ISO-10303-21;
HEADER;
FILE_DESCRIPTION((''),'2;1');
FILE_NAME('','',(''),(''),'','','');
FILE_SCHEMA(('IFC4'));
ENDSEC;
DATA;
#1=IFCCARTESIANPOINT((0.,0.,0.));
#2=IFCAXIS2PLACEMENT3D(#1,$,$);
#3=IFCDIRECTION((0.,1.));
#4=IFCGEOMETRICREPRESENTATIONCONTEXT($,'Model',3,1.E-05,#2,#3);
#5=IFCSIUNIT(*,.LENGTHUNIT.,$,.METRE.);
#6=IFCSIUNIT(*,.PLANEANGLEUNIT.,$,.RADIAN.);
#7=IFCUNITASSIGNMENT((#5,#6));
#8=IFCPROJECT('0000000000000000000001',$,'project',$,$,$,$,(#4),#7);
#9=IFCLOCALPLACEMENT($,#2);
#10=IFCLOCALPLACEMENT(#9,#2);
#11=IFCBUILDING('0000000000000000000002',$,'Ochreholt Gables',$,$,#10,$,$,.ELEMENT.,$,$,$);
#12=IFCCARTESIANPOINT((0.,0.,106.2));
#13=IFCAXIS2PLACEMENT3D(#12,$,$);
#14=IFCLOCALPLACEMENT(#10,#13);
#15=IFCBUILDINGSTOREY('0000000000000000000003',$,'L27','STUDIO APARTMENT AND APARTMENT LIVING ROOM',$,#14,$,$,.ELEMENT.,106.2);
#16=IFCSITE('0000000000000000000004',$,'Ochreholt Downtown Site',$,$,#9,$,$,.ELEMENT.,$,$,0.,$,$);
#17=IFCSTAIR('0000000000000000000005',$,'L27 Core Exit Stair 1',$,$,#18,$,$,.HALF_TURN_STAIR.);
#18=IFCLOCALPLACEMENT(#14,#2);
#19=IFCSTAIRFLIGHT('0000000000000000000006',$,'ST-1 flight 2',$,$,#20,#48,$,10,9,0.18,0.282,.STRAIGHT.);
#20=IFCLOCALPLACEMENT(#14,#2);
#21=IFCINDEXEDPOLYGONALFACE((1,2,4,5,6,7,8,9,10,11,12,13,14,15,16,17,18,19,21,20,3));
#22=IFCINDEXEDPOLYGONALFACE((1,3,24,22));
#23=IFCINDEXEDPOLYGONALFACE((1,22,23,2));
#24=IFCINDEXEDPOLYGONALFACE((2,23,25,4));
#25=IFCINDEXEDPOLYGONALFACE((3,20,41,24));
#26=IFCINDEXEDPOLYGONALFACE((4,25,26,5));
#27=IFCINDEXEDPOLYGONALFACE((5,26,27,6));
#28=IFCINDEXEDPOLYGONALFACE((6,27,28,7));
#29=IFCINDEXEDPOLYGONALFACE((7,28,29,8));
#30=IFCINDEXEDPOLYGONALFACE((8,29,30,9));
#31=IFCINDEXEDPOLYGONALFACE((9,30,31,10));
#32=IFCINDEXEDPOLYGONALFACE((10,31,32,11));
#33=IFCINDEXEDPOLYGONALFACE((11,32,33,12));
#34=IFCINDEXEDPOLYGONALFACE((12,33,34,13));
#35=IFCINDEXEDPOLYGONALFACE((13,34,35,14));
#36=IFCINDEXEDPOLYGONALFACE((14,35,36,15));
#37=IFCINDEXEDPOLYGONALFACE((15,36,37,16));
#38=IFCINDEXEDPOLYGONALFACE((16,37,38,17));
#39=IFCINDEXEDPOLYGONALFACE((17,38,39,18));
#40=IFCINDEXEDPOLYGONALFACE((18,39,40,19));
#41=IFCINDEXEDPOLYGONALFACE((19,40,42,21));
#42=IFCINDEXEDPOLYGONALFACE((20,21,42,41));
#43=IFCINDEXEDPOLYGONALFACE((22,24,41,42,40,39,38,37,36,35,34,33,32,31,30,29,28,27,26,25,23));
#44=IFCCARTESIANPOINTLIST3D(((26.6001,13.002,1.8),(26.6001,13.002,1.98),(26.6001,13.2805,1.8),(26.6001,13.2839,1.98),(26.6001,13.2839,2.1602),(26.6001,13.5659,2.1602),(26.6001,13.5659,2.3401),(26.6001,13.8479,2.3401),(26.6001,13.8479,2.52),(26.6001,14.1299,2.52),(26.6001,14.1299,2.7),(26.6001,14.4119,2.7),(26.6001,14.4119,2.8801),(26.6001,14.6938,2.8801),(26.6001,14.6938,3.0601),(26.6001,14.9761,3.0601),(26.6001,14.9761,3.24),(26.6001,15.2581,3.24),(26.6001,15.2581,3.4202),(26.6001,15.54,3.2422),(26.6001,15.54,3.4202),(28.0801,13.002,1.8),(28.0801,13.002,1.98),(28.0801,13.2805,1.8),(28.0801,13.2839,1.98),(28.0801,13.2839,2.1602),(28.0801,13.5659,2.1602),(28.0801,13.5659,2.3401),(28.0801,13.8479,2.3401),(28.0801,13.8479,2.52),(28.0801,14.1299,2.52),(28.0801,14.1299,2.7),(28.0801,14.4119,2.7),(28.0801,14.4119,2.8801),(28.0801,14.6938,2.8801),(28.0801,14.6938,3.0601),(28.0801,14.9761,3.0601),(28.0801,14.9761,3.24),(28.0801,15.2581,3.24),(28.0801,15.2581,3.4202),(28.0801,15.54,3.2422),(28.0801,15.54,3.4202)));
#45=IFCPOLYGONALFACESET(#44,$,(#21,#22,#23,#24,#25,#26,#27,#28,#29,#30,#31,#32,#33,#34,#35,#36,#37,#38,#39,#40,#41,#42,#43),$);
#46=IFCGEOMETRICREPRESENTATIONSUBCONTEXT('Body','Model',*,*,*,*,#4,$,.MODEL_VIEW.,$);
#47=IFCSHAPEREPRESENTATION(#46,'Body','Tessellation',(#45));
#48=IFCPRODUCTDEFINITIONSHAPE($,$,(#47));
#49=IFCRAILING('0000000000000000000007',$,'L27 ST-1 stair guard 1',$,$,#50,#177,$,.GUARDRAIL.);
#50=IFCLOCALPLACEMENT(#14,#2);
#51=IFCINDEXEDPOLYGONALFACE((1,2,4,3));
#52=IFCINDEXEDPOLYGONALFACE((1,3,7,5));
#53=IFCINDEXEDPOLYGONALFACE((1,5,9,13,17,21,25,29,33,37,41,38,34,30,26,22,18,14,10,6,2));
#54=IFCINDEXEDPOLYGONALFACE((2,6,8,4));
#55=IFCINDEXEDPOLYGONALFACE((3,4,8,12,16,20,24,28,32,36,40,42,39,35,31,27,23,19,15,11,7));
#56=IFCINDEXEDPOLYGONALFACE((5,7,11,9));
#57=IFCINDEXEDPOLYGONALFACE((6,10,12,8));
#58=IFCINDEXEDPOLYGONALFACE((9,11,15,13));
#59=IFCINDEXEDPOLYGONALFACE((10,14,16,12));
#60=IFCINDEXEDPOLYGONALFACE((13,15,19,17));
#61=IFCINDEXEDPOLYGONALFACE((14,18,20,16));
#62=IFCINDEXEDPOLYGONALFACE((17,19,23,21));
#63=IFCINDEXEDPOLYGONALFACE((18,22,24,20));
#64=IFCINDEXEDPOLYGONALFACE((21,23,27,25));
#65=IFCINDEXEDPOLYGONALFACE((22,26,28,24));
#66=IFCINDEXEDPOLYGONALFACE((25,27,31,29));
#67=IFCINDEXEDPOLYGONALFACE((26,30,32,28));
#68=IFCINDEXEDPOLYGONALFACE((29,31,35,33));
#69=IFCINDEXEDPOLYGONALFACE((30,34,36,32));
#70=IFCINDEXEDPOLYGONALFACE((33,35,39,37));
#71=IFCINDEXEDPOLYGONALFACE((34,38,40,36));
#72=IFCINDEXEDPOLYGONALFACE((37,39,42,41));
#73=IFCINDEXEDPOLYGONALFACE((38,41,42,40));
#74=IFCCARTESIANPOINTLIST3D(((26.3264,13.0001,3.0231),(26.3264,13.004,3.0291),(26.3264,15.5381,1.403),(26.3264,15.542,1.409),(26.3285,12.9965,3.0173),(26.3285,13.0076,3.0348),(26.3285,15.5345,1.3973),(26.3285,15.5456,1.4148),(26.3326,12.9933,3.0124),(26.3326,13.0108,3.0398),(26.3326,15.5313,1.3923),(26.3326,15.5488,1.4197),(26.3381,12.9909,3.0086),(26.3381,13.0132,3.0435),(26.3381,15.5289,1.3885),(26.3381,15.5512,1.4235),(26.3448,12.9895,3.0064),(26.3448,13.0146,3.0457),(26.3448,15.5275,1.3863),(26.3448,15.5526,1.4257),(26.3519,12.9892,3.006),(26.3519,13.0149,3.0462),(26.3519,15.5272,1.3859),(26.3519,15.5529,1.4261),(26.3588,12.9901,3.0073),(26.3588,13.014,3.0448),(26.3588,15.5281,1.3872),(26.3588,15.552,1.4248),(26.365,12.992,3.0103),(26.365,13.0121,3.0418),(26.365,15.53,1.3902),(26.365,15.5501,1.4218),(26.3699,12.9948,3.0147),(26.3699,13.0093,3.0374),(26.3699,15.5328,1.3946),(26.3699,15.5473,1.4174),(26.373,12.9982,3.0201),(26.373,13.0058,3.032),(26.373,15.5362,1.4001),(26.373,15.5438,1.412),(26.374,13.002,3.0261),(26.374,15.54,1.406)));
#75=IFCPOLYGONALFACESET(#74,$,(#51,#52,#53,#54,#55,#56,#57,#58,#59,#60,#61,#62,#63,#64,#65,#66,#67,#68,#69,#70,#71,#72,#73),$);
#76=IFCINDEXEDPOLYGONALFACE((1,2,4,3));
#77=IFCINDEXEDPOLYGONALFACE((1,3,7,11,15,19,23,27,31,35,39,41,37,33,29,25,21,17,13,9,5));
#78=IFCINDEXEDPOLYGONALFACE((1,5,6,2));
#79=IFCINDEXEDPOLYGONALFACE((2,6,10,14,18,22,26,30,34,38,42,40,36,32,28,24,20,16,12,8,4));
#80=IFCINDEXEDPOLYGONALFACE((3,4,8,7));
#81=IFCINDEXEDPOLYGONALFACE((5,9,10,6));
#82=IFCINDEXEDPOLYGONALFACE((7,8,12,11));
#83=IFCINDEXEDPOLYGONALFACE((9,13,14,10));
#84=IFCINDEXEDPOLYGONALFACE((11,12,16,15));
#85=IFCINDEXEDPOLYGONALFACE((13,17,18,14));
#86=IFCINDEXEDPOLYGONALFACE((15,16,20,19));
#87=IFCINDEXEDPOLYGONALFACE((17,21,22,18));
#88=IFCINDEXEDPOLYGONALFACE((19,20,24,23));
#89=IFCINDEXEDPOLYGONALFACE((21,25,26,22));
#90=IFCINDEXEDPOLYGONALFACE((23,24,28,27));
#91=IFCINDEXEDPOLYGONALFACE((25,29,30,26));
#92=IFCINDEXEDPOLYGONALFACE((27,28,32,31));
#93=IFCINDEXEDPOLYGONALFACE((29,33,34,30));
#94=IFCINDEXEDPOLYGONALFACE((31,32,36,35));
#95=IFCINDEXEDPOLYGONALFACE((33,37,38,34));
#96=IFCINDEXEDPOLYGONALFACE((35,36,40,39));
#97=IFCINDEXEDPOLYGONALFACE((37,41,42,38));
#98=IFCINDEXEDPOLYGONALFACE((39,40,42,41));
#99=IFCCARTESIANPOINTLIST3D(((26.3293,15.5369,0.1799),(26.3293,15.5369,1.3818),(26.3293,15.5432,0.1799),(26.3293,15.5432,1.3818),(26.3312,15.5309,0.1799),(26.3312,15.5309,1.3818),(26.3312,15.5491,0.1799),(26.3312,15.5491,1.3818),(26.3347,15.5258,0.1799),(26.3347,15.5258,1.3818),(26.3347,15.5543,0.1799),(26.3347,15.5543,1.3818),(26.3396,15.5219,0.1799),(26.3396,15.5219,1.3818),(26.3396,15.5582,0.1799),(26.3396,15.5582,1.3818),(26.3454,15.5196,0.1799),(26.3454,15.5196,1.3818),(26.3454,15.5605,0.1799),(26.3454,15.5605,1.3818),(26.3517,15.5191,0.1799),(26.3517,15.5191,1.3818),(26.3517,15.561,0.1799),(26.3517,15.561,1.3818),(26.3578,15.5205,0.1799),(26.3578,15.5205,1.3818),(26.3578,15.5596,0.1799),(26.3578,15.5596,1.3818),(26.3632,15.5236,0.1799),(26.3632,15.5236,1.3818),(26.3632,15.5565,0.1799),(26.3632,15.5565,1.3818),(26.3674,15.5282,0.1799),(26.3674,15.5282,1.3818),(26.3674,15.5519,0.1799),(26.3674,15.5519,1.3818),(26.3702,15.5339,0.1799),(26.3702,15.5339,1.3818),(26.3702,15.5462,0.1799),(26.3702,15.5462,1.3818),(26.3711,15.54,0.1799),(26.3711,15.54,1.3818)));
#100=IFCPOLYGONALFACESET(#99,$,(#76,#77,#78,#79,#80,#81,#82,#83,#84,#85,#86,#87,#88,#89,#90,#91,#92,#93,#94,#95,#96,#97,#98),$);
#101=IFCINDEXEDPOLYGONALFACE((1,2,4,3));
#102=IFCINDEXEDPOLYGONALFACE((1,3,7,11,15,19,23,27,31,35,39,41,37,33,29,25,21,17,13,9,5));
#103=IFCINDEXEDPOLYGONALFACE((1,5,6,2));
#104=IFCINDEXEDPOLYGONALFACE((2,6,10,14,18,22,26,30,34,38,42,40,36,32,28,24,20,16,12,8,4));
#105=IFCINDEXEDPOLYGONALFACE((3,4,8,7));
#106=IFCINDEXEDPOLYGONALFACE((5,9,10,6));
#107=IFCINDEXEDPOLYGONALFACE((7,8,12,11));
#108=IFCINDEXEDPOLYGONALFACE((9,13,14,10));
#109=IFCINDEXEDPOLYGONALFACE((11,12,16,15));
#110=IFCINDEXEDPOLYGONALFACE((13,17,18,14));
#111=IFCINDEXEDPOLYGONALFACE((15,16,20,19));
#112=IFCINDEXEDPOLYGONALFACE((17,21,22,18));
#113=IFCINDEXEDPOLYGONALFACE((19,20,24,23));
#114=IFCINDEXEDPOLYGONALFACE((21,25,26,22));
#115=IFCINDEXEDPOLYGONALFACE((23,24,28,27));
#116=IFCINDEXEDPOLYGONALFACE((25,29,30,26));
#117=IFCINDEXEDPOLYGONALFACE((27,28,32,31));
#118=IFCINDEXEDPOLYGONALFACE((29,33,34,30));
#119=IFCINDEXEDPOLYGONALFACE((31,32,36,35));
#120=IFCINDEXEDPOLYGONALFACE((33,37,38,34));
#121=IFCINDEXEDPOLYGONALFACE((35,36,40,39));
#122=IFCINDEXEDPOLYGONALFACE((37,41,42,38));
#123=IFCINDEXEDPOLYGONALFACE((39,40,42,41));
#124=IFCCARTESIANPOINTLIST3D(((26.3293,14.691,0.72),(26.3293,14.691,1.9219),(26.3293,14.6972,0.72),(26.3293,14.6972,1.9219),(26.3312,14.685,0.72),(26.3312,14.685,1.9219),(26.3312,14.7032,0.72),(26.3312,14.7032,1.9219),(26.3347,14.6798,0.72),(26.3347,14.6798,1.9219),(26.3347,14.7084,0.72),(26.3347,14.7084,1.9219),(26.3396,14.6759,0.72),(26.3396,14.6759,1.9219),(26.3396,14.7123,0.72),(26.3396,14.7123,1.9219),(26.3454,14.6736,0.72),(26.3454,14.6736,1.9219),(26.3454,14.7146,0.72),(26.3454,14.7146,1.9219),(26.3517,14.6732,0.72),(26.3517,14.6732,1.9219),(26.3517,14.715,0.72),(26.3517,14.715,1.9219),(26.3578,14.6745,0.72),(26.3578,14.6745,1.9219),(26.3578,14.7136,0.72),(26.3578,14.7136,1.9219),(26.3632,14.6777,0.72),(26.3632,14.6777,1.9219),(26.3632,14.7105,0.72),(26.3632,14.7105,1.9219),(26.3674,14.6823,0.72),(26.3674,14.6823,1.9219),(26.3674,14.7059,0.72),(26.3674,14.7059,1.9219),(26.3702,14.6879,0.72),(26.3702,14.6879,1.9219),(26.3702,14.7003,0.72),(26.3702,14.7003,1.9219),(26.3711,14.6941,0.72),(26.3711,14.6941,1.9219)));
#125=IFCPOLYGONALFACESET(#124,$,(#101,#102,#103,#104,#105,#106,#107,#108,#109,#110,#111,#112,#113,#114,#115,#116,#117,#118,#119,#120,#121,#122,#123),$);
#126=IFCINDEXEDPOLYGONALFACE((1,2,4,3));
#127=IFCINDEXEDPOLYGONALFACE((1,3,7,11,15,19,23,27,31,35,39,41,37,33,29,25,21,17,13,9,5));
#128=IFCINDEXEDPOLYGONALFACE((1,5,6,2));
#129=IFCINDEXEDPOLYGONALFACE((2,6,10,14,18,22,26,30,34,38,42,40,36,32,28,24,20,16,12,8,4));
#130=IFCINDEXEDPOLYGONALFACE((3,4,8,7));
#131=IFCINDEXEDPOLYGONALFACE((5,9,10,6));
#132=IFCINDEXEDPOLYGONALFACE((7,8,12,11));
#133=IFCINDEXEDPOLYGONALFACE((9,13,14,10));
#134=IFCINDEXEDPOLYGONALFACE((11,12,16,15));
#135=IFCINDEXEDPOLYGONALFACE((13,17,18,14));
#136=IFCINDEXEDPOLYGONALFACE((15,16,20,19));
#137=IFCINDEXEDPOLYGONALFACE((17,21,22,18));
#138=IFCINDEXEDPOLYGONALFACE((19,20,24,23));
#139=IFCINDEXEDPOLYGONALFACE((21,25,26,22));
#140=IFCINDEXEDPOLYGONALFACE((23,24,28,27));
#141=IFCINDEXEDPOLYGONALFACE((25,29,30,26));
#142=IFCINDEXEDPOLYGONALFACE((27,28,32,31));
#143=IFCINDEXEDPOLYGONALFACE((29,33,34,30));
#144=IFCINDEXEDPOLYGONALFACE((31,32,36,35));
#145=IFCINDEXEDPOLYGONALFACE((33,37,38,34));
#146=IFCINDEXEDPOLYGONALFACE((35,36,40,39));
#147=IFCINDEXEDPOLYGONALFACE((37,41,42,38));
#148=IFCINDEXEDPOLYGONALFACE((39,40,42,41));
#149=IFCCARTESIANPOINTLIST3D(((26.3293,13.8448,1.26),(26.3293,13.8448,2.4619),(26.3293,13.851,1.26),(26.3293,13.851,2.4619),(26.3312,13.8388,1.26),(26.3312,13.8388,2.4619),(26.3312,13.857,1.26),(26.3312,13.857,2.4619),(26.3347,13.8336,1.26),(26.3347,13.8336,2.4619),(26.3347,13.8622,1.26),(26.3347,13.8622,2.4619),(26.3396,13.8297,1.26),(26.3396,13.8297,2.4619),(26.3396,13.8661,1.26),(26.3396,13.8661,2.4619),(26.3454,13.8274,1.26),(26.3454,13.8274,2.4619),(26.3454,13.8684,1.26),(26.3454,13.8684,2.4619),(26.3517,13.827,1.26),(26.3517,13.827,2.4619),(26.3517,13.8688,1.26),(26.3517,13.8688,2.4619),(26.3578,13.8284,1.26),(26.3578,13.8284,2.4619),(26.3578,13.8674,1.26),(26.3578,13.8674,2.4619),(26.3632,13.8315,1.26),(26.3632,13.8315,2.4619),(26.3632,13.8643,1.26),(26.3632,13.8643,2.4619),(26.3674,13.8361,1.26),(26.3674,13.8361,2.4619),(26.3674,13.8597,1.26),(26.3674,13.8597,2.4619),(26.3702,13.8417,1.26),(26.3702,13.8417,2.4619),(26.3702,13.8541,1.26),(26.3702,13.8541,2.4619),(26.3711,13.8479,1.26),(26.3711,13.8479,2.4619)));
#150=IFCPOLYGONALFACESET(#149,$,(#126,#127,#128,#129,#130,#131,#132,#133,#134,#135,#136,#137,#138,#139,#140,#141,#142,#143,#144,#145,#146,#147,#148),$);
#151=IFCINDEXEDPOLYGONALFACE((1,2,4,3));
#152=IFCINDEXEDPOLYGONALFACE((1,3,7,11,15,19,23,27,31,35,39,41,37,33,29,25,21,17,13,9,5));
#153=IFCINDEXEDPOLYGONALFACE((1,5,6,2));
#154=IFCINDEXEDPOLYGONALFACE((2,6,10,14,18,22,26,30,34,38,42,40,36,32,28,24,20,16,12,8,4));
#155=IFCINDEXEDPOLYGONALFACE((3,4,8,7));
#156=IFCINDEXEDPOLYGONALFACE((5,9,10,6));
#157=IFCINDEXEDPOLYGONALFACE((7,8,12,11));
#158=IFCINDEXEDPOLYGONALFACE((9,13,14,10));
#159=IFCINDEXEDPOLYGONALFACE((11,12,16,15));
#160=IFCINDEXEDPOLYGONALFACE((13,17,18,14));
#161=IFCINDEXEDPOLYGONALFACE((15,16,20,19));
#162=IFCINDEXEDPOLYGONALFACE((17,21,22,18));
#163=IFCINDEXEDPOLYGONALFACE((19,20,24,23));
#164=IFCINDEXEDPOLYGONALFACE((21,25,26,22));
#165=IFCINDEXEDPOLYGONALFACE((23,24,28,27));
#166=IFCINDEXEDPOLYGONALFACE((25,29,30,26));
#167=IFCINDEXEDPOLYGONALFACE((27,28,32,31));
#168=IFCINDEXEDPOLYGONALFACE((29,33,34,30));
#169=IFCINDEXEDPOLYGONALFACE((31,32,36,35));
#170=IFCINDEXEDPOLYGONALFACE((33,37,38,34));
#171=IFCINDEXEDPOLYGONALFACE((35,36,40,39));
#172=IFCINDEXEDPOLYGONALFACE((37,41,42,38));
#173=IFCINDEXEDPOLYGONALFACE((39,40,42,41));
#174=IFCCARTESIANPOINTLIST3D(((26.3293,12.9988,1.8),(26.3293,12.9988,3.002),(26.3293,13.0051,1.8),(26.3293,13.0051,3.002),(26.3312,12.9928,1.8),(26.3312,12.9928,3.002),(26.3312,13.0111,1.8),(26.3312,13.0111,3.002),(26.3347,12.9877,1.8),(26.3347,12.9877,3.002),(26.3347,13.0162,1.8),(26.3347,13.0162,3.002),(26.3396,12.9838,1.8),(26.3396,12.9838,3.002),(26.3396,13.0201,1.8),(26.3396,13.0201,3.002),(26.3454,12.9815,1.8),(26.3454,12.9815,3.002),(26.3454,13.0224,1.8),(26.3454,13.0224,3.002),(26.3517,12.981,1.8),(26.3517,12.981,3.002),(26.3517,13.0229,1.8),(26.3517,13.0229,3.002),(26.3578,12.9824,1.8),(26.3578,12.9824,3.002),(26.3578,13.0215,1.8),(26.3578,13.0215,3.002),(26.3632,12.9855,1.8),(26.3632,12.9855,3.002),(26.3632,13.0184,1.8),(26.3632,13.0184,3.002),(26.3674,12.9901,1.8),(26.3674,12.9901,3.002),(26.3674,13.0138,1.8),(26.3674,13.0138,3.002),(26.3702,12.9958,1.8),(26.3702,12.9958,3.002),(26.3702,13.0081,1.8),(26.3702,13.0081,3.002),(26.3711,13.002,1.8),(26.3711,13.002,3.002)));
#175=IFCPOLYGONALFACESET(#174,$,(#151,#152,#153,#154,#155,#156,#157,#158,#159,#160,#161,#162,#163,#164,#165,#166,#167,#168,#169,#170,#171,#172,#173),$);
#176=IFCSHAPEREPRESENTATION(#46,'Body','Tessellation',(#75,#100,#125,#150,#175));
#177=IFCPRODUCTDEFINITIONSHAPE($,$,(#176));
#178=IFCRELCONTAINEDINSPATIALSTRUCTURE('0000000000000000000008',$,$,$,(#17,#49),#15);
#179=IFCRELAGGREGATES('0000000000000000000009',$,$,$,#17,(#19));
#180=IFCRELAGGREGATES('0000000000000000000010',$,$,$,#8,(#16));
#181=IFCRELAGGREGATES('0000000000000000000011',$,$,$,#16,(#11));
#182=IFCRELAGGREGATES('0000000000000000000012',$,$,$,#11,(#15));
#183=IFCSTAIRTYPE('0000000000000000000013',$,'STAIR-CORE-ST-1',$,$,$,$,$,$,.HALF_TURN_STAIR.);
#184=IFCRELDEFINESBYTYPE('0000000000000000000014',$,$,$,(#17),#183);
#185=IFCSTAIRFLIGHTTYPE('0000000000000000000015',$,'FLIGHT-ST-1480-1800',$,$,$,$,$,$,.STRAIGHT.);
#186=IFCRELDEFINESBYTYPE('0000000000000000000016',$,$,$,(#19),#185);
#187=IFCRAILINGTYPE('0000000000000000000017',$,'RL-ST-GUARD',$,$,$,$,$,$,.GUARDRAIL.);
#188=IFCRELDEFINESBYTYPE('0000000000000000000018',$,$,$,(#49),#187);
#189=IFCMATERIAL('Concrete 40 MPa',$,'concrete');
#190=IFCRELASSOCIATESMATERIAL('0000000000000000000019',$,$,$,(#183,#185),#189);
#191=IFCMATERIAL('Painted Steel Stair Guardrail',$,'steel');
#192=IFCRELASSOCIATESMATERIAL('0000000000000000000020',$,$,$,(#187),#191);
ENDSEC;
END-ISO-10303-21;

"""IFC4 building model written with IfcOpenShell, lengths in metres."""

from ifc_helpers import new_model, si_unit, direction, frame, origin, origin_2d, place, context, subcontext, project, spatial, polyline, circle, outline, extrude, material, type_object, element, aggregate, save


model = new_model("IFC4")

# Units and contexts
model_context = context("Model", 3, precision=1e-05, world=origin(), true_north=direction((0.0, 1.0)))
body_context = subcontext(model_context, "Body", "Model", "MODEL_VIEW")
ifc_project = project(units=[si_unit("LENGTHUNIT", "METRE"), si_unit("PLANEANGLEUNIT", "RADIAN")], contexts=[model_context])

# Site, building, storey
site_placement = place(None, origin())
site = spatial("IfcSite", under=ifc_project, at=site_placement, Name="Ochreholt Downtown Site", CompositionType="ELEMENT", RefElevation=0.0)
building_placement = place(site_placement, origin())
building = spatial("IfcBuilding", under=site, at=building_placement, Name="Ochreholt Gables", CompositionType="ELEMENT")
storey_placement = place(building_placement, frame((0.0, 0.0, 106.2)))
storey = spatial("IfcBuildingStorey", under=building, at=storey_placement, Name="L27", Description="STUDIO APARTMENT AND APARTMENT LIVING ROOM", CompositionType="ELEMENT", Elevation=106.2)

# Stair, stair flight
ifc_material_1 = material(Name="Concrete 40 MPa", Category="concrete")
stair_type = type_object("IfcStairType", Name="STAIR-CORE-ST-1", PredefinedType="HALF_TURN_STAIR", material=ifc_material_1)
stair_placement = place(storey_placement, origin())
stair = element("IfcStair", 1, at=stair_placement, inside=storey, type_object=stair_type, Name="L27 Core Exit Stair 1", PredefinedType="HALF_TURN_STAIR")
stair_flight_type = type_object("IfcStairFlightType", Name="FLIGHT-ST-1480-1800", PredefinedType="STRAIGHT", material=ifc_material_1)
stair_flight_1_placement = place(storey_placement, frame((27.3401, 13.002, 1.8), z_axis=(0.0, 0.0, 1.0), x_axis=(0.0, 1.0, 0.0)))
stair_flight_1 = element("IfcStairFlight", 2, at=stair_flight_1_placement, type_object=stair_flight_type, Name="ST-1 flight 2", NumberOfRisers=10, NumberOfTreads=9, PredefinedType="STRAIGHT", RiserHeight=0.18, TreadLength=0.282, context=body_context, shape_type="SweptSolid", body=[
    extrude(outline(polyline([(0.0, 0.0), (0.0, 0.1799), (0.282, 0.1799), (0.282, 0.3601), (0.564, 0.3601), (0.564, 0.54), (0.8459, 0.54), (0.8459, 0.72), (1.1279, 0.72), (1.1279, 0.8999), (1.4099, 0.8999), (1.4099, 1.0801), (1.6919, 1.0801), (1.6919, 1.26), (1.9741, 1.26), (1.9741, 1.4399), (2.2561, 1.4399), (2.2561, 1.6201), (2.5381, 1.6201), (2.5381, 1.8), (2.5381, 1.4421), (0.2786, 0.0), (0.0, 0.0)])), frame((0.0, 0.74, 0.0), z_axis=(0.0, -1.0, 0.0), x_axis=(1.0, 0.0, 0.0)), (0.0, 0.0, 1.0), 1.48),
])
aggregate(stair, [stair_flight_1])

# Railing
ifc_material_2 = material(Name="Painted Steel Stair Guardrail", Category="steel")
railing_type_1 = type_object("IfcRailingType", Name="RL-ST-GUARD", PredefinedType="GUARDRAIL", material=ifc_material_2)
railing_1_placement = place(storey_placement, frame((26.3501, 15.54, 0.1799)))
element("IfcRailing", 3, at=railing_1_placement, inside=storey, type_object=railing_type_1, Name="L27 ST-1 stair guard 1", PredefinedType="GUARDRAIL", context=body_context, shape_type="SweptSolid", body=[
    extrude(circle(Radius=0.0239, at=origin_2d()), frame((0.0, 0.0, 1.2261), z_axis=(0.0, -0.842913, 0.53805), x_axis=(1.0, 0.0, 0.0)), (0.0, 0.0, 1.0), 3.011),
    extrude(circle(Radius=0.021, at=origin_2d()), origin(), (0.0, 0.0, 1.0), 1.2019),
    extrude(circle(Radius=0.021, at=origin_2d()), frame((0.0, -0.8459, 0.54)), (0.0, 0.0, 1.0), 1.2019),
    extrude(circle(Radius=0.021, at=origin_2d()), frame((0.0, -1.6921, 1.0801)), (0.0, 0.0, 1.0), 1.2019),
    extrude(circle(Radius=0.021, at=origin_2d()), frame((0.0, -2.5381, 1.6201)), (0.0, 0.0, 1.0), 1.2019),
])

save(model, "model.ifc")
